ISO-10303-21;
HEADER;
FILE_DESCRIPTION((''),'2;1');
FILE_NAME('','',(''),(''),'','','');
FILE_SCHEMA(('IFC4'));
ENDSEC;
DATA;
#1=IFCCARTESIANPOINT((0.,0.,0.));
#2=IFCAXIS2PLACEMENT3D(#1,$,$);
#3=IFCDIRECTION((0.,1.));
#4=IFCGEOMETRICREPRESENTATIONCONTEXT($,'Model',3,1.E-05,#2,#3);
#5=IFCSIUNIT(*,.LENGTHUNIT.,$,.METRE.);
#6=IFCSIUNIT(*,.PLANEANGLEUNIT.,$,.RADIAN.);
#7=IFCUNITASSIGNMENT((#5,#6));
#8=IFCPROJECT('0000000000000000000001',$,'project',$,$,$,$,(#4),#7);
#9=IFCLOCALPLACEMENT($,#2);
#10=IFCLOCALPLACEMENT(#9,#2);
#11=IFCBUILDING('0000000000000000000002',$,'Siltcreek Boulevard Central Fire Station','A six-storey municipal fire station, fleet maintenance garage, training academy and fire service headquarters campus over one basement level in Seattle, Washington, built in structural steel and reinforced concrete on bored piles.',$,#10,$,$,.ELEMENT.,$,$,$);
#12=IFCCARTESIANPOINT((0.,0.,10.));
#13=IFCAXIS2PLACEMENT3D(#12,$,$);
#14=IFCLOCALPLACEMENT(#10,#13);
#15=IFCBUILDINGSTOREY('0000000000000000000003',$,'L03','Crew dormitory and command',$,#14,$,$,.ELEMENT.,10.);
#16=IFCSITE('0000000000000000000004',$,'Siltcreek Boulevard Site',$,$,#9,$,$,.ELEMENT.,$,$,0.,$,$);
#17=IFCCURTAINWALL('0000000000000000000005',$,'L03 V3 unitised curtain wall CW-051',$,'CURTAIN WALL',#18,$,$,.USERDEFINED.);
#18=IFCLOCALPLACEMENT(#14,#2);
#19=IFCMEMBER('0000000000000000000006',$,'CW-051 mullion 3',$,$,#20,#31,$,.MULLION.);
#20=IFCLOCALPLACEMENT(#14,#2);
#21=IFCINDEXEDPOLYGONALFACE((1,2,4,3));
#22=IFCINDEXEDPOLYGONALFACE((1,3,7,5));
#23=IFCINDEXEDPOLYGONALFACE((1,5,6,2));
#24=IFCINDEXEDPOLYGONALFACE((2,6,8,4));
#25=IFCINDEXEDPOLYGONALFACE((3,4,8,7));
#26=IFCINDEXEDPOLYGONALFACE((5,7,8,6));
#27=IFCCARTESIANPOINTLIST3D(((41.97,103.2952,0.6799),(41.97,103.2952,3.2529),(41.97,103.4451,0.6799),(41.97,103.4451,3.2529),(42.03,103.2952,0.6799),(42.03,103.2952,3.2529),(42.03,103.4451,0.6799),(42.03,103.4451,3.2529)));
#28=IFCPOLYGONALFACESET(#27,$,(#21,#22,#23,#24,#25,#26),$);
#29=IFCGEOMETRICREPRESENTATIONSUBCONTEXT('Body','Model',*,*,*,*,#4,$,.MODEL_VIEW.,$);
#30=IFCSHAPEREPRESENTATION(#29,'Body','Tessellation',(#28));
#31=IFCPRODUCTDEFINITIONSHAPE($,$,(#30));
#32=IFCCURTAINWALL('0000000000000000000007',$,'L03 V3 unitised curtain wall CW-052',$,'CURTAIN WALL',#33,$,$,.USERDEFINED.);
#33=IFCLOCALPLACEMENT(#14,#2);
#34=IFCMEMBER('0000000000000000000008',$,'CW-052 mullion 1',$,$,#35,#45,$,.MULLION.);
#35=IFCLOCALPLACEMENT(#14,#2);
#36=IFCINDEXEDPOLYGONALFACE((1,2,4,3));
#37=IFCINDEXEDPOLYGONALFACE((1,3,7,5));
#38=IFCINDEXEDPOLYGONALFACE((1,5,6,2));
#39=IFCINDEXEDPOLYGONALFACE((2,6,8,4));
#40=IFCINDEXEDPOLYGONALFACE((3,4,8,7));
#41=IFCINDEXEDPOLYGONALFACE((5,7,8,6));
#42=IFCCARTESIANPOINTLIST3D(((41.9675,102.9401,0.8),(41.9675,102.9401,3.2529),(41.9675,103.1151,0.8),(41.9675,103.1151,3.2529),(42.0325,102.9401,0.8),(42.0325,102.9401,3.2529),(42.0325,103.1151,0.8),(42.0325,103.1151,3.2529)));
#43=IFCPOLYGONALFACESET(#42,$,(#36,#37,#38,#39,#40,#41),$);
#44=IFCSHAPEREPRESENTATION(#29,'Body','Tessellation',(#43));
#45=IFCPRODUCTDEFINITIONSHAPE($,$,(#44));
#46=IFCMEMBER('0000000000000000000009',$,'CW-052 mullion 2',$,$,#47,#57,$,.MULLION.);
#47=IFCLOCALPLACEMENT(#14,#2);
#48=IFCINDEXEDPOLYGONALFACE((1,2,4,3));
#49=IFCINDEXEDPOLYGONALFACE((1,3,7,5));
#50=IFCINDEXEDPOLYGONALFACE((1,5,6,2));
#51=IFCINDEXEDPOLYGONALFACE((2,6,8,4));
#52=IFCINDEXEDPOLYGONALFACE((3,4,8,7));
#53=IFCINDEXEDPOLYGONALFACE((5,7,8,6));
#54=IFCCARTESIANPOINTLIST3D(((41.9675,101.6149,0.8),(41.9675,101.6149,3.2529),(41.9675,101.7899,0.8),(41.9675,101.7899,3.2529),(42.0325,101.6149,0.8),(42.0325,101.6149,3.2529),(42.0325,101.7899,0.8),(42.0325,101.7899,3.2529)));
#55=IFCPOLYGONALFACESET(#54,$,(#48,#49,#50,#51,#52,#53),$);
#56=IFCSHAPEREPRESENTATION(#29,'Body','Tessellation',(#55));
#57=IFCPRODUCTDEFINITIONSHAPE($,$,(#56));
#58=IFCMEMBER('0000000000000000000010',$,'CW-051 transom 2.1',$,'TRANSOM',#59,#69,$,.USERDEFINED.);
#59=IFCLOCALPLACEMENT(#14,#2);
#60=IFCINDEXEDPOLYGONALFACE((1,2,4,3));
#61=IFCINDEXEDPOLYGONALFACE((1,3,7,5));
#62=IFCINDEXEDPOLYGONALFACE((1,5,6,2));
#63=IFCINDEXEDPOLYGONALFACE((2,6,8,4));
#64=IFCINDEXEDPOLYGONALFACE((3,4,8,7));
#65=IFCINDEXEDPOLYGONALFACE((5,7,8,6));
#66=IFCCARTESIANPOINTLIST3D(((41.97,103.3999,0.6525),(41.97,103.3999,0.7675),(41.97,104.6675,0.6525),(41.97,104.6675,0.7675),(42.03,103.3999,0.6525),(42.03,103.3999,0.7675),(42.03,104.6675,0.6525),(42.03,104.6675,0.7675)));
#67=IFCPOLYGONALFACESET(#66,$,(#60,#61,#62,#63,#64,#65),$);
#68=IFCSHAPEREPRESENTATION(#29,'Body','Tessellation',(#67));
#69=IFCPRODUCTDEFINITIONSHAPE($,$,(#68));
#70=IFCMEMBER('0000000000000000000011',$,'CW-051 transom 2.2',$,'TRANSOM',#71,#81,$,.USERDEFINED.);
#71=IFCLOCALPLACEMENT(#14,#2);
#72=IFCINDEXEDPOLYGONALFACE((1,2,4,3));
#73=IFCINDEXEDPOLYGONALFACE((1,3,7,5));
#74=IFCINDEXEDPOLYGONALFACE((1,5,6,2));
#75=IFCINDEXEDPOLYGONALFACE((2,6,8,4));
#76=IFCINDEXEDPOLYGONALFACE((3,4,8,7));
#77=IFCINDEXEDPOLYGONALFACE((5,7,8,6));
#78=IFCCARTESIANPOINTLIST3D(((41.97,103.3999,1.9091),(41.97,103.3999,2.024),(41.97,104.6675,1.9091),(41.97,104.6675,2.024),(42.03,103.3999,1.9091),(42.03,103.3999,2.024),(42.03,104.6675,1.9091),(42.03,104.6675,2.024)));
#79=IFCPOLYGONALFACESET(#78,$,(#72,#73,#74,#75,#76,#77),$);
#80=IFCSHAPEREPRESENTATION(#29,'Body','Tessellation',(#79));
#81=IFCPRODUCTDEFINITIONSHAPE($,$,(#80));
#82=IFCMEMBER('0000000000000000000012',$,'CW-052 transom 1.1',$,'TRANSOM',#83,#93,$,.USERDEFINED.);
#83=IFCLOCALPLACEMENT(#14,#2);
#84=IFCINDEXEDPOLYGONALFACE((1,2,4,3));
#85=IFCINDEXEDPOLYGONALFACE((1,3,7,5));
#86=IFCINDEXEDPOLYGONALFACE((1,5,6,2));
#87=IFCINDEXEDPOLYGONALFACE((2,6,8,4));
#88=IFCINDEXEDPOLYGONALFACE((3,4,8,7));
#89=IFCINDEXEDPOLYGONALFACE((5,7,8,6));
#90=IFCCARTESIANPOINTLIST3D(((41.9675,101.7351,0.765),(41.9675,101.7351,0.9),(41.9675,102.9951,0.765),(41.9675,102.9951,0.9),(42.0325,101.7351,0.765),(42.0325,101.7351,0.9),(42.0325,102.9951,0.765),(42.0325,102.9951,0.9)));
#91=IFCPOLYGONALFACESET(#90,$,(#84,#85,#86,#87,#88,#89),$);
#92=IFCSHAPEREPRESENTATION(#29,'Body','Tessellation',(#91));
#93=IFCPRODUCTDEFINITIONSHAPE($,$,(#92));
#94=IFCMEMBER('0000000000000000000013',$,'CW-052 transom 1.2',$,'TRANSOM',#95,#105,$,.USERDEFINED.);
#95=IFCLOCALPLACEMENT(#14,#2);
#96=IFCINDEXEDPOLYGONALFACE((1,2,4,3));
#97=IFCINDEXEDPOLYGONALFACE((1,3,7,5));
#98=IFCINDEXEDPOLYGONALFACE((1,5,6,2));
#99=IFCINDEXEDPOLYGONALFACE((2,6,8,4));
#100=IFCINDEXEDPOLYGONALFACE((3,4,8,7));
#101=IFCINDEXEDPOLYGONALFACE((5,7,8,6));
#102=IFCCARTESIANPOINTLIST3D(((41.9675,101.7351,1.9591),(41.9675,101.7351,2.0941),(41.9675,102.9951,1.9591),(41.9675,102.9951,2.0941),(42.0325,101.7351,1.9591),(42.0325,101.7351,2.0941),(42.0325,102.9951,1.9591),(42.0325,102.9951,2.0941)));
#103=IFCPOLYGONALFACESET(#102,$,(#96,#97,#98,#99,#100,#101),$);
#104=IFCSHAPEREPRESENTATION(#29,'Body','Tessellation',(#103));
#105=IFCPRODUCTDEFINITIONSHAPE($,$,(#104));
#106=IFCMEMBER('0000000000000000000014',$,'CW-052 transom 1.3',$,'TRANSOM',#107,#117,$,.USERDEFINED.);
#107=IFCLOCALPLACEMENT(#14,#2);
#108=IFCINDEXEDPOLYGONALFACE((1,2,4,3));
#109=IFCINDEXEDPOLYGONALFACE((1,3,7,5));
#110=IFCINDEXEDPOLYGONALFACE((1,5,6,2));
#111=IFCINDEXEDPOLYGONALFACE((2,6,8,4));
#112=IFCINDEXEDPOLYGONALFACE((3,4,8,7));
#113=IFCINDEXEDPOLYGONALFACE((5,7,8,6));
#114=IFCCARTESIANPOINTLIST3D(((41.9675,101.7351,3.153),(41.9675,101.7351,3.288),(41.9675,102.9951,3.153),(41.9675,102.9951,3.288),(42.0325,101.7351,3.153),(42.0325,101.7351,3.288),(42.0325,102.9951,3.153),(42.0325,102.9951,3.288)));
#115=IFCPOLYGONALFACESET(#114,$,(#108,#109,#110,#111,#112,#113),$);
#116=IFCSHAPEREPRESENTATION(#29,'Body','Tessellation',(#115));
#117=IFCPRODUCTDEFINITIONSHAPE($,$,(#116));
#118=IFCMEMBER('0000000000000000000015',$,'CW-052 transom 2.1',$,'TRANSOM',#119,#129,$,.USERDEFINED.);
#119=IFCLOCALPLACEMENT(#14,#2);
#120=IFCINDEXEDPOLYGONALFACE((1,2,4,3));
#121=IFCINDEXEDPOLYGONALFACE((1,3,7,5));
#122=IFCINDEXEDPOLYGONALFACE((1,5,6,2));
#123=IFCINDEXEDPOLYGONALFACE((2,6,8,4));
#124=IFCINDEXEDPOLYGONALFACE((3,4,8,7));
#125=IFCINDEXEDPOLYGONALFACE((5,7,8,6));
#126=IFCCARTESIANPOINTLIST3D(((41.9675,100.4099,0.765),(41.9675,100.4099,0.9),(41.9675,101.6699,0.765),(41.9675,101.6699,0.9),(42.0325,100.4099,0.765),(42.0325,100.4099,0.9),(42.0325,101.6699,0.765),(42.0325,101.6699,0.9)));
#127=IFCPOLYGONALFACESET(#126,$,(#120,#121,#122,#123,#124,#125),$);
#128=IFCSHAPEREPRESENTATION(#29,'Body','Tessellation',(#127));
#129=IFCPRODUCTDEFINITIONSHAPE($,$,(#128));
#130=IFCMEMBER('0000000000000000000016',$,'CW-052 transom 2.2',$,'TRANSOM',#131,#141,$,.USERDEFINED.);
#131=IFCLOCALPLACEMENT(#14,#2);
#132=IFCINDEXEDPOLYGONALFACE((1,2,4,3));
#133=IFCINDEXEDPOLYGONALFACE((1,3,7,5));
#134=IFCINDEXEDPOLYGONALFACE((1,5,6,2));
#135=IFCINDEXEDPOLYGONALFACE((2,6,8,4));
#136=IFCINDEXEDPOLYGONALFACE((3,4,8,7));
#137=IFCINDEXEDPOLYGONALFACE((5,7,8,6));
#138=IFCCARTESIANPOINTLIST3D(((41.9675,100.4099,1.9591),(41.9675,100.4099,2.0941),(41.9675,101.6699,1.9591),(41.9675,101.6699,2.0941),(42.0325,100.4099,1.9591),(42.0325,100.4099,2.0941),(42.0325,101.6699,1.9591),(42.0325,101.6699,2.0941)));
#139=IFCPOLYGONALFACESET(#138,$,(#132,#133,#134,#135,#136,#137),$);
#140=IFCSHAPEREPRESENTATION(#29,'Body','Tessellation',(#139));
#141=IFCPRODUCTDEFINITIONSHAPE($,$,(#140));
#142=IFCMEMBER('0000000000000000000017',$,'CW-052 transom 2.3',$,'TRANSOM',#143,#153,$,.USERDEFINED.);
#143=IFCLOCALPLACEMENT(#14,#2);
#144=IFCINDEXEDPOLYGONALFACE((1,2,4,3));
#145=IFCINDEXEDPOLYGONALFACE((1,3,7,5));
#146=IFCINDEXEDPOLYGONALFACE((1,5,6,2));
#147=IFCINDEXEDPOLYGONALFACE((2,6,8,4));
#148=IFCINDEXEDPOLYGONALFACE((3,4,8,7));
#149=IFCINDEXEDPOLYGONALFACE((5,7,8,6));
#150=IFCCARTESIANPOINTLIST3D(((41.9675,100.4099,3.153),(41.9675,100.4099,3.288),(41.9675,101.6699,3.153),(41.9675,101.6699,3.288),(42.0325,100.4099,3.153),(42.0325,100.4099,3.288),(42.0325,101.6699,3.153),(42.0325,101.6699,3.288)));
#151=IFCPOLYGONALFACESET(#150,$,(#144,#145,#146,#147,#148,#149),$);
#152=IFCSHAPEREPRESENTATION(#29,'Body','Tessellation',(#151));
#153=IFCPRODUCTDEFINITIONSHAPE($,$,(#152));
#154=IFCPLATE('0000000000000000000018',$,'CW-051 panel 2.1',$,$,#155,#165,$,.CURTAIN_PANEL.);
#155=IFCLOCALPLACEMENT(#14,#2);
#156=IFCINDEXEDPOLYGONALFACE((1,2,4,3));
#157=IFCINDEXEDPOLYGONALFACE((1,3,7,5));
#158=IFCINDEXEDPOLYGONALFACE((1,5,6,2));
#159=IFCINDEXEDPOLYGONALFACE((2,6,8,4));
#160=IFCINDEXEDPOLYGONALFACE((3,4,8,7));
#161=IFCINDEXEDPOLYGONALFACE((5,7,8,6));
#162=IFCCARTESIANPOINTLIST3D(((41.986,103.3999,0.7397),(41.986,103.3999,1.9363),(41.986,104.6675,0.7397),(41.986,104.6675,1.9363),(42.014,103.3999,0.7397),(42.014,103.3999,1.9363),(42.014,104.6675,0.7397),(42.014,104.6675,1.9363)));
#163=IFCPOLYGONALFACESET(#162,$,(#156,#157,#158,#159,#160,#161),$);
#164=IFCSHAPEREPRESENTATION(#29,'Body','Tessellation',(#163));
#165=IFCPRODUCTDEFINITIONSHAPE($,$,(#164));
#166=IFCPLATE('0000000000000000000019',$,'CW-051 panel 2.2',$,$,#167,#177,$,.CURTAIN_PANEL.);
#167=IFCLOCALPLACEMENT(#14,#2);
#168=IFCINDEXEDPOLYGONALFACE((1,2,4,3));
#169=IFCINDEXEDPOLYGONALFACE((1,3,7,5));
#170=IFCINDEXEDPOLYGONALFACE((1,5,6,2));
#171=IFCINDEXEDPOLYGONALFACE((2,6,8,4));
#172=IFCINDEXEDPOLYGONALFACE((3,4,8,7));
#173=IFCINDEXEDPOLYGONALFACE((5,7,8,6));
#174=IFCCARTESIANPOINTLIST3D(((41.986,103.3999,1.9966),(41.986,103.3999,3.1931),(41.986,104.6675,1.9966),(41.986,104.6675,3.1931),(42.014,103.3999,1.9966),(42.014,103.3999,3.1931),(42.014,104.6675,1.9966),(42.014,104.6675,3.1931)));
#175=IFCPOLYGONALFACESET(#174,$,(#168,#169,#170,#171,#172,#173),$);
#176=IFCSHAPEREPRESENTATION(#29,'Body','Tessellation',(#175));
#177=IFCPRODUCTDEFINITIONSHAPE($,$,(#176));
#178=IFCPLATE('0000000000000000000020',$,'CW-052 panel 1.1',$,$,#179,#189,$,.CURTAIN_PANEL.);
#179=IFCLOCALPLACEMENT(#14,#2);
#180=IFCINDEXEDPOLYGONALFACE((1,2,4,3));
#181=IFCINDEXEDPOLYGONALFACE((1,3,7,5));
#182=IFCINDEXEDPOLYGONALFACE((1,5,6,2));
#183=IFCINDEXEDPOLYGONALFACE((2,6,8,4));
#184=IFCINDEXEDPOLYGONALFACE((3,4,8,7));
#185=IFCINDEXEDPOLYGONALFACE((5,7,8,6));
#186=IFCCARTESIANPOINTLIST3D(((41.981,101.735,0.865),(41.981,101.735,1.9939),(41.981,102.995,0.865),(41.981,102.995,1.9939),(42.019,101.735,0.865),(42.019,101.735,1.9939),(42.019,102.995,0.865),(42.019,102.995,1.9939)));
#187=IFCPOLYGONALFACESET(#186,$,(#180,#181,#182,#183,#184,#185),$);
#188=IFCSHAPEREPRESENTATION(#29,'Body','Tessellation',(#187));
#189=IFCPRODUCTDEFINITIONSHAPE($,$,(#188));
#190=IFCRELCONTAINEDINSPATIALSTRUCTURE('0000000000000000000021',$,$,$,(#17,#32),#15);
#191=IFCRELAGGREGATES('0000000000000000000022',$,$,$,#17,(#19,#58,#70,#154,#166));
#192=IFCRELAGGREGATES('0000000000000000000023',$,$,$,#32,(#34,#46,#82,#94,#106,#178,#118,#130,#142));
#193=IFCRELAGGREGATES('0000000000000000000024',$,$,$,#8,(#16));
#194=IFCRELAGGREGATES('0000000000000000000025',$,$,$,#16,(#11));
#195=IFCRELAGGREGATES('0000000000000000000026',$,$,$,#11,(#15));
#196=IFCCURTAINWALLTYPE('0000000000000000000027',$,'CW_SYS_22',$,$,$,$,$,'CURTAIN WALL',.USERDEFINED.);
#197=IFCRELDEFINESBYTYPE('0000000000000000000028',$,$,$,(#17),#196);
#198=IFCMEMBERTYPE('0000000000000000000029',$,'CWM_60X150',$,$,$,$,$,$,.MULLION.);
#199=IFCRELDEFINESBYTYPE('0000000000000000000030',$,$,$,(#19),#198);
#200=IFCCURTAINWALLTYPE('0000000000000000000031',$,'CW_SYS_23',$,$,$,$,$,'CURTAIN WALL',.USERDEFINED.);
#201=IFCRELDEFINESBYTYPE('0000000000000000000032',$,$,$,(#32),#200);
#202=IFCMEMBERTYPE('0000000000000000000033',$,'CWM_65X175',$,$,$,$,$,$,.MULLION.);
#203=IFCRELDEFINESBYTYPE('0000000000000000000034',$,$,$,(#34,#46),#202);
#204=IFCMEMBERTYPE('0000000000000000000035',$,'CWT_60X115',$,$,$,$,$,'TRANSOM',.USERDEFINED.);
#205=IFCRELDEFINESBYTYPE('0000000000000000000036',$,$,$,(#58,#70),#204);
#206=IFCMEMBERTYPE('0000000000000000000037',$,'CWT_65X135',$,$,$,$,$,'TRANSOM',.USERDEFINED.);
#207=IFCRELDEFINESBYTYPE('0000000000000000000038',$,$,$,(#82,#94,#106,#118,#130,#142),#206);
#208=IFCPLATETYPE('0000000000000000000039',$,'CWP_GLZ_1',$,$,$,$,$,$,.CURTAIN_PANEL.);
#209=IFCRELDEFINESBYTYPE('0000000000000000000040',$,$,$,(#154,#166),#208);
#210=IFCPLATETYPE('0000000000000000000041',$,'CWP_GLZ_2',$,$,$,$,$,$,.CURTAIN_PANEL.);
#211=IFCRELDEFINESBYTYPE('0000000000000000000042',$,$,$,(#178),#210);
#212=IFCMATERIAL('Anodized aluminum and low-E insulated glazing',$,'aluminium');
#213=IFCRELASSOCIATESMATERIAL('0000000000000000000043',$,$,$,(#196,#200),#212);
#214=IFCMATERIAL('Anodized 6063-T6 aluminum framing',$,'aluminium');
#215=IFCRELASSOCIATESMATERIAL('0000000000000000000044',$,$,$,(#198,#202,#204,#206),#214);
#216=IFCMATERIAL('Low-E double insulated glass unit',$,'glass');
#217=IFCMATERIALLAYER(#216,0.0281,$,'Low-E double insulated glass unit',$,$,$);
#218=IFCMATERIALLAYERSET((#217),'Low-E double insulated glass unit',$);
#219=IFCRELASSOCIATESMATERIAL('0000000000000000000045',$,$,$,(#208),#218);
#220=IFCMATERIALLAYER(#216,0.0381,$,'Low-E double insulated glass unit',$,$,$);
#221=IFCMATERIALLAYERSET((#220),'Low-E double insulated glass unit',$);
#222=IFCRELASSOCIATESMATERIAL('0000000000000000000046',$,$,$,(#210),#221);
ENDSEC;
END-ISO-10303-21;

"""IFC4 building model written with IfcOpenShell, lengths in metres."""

from ifc_helpers import new_model, si_unit, direction, frame, origin, origin_2d, place, context, subcontext, project, spatial, rectangle, extrude, material, layer, layer_set, material_profile, profile_set, type_object, element, aggregate, save


model = new_model("IFC4")

# Units and contexts
model_context = context("Model", 3, precision=1e-05, world=origin(), true_north=direction((0.0, 1.0)))
body_context = subcontext(model_context, "Body", "Model", "MODEL_VIEW")
ifc_project = project(units=[si_unit("LENGTHUNIT", "METRE"), si_unit("PLANEANGLEUNIT", "RADIAN")], contexts=[model_context])

# Site, building, storey
site_placement = place(None, origin())
site = spatial("IfcSite", under=ifc_project, at=site_placement, Name="Siltcreek Boulevard Site", CompositionType="ELEMENT", RefElevation=0.0)
building_placement = place(site_placement, origin())
building = spatial("IfcBuilding", under=site, at=building_placement, Name="Siltcreek Boulevard Central Fire Station", Description="A six-storey municipal fire station, fleet maintenance garage, training academy and fire service headquarters campus over one basement level in Seattle, Washington, built in structural steel and reinforced concrete on bored piles.", CompositionType="ELEMENT")
storey_placement = place(building_placement, frame((0.0, 0.0, 10.0)))
storey = spatial("IfcBuildingStorey", under=building, at=storey_placement, Name="L03", Description="Crew dormitory and command", CompositionType="ELEMENT", Elevation=10.0)

# Curtain wall, member
ifc_material_1 = material(Name="Anodized aluminum and low-E insulated glazing", Category="aluminium")
curtain_wall_type_1 = type_object("IfcCurtainWallType", Name="CW_SYS_22", ElementType="CURTAIN WALL", PredefinedType="USERDEFINED", material=ifc_material_1)
curtain_wall_1_placement = place(storey_placement, origin())
curtain_wall_1 = element("IfcCurtainWall", 1, at=curtain_wall_1_placement, inside=storey, type_object=curtain_wall_type_1, Name="L03 V3 unitised curtain wall CW-051", ObjectType="CURTAIN WALL", PredefinedType="USERDEFINED")
ifc_material_2 = material(Name="Anodized 6063-T6 aluminum framing", Category="aluminium")
ifc_material_profile_1 = material_profile(ifc_material_2, rectangle(XDim=0.0601, YDim=0.1499, at=origin_2d()), Name="MULL60X150")
ifc_profile_set_1 = profile_set([ifc_material_profile_1], Name="Anodized 6063-T6 aluminum framing")
member_type_1 = type_object("IfcMemberType", Name="CWM_60X150", PredefinedType="MULLION", material=ifc_profile_set_1)
member_1_placement = place(storey_placement, frame((42.0, 103.3701, 0.6799), z_axis=(0.0, 0.0, 1.0), x_axis=(1.0, 0.0, 0.0)))
member_1 = element("IfcMember", 2, at=member_1_placement, type_object=member_type_1, Name="CW-051 mullion 3", PredefinedType="MULLION", context=body_context, shape_type="SweptSolid", body=[
    extrude(rectangle(XDim=0.0601, YDim=0.1499, at=origin_2d()), origin(), (0.0, 0.0, 1.0), 2.573),
])

# Curtain wall, members
curtain_wall_type_2 = type_object("IfcCurtainWallType", Name="CW_SYS_23", ElementType="CURTAIN WALL", PredefinedType="USERDEFINED", material=ifc_material_1)
curtain_wall_2_placement = place(storey_placement, origin())
curtain_wall_2 = element("IfcCurtainWall", 3, at=curtain_wall_2_placement, inside=storey, type_object=curtain_wall_type_2, Name="L03 V3 unitised curtain wall CW-052", ObjectType="CURTAIN WALL", PredefinedType="USERDEFINED")
ifc_material_profile_2 = material_profile(ifc_material_2, rectangle(XDim=0.0649, YDim=0.175, at=origin_2d()), Name="MULL65X175")
ifc_profile_set_2 = profile_set([ifc_material_profile_2], Name="Anodized 6063-T6 aluminum framing")
member_type_2 = type_object("IfcMemberType", Name="CWM_65X175", PredefinedType="MULLION", material=ifc_profile_set_2)
member_2_placement = place(storey_placement, frame((42.0, 103.0276, 0.8), z_axis=(0.0, 0.0, 1.0), x_axis=(1.0, 0.0, 0.0)))
member_2 = element("IfcMember", 4, at=member_2_placement, type_object=member_type_2, Name="CW-052 mullion 1", PredefinedType="MULLION", context=body_context, shape_type="SweptSolid", body=[
    extrude(rectangle(XDim=0.0649, YDim=0.175, at=origin_2d()), origin(), (0.0, 0.0, 1.0), 2.4529),
])
member_3_placement = place(storey_placement, frame((42.0, 101.7024, 0.8), z_axis=(0.0, 0.0, 1.0), x_axis=(1.0, 0.0, 0.0)))
member_3 = element("IfcMember", 5, at=member_3_placement, type_object=member_type_2, Name="CW-052 mullion 2", PredefinedType="MULLION", context=body_context, shape_type="SweptSolid", body=[
    extrude(rectangle(XDim=0.0649, YDim=0.175, at=origin_2d()), origin(), (0.0, 0.0, 1.0), 2.4529),
])

# Members
ifc_material_profile_3 = material_profile(ifc_material_2, rectangle(XDim=0.0601, YDim=0.115, at=origin_2d()), Name="TRAN60X115")
ifc_profile_set_3 = profile_set([ifc_material_profile_3], Name="Anodized 6063-T6 aluminum framing")
member_type_3 = type_object("IfcMemberType", Name="CWT_60X115", ElementType="TRANSOM", PredefinedType="USERDEFINED", material=ifc_profile_set_3)
member_4_placement = place(storey_placement, frame((42.0, 104.6675, 0.71), z_axis=(0.0, -1.0, 0.0), x_axis=(1.0, 0.0, 0.0)))
member_4 = element("IfcMember", 6, at=member_4_placement, type_object=member_type_3, Name="CW-051 transom 2.1", ObjectType="TRANSOM", PredefinedType="USERDEFINED", context=body_context, shape_type="SweptSolid", body=[
    extrude(rectangle(XDim=0.0601, YDim=0.115, at=origin_2d()), origin(), (0.0, 0.0, 1.0), 1.2676),
])
member_5_placement = place(storey_placement, frame((42.0, 104.6675, 1.9666), z_axis=(0.0, -1.0, 0.0), x_axis=(1.0, 0.0, 0.0)))
member_5 = element("IfcMember", 7, at=member_5_placement, type_object=member_type_3, Name="CW-051 transom 2.2", ObjectType="TRANSOM", PredefinedType="USERDEFINED", context=body_context, shape_type="SweptSolid", body=[
    extrude(rectangle(XDim=0.0601, YDim=0.115, at=origin_2d()), origin(), (0.0, 0.0, 1.0), 1.2676),
])
ifc_material_profile_4 = material_profile(ifc_material_2, rectangle(XDim=0.0649, YDim=0.135, at=origin_2d()), Name="TRAN65X135")
ifc_profile_set_4 = profile_set([ifc_material_profile_4], Name="Anodized 6063-T6 aluminum framing")
member_type_4 = type_object("IfcMemberType", Name="CWT_65X135", ElementType="TRANSOM", PredefinedType="USERDEFINED", material=ifc_profile_set_4)
member_6_placement = place(storey_placement, frame((42.0, 102.9951, 0.8325), z_axis=(0.0, -1.0, 0.0), x_axis=(1.0, 0.0, 0.0)))
member_6 = element("IfcMember", 8, at=member_6_placement, type_object=member_type_4, Name="CW-052 transom 1.1", ObjectType="TRANSOM", PredefinedType="USERDEFINED", context=body_context, shape_type="SweptSolid", body=[
    extrude(rectangle(XDim=0.0649, YDim=0.135, at=origin_2d()), origin(), (0.0, 0.0, 1.0), 1.26),
])
member_7_placement = place(storey_placement, frame((42.0, 102.9951, 2.0266), z_axis=(0.0, -1.0, 0.0), x_axis=(1.0, 0.0, 0.0)))
member_7 = element("IfcMember", 9, at=member_7_placement, type_object=member_type_4, Name="CW-052 transom 1.2", ObjectType="TRANSOM", PredefinedType="USERDEFINED", context=body_context, shape_type="SweptSolid", body=[
    extrude(rectangle(XDim=0.0649, YDim=0.135, at=origin_2d()), origin(), (0.0, 0.0, 1.0), 1.26),
])
member_8_placement = place(storey_placement, frame((42.0, 102.9951, 3.2205), z_axis=(0.0, -1.0, 0.0), x_axis=(1.0, 0.0, 0.0)))
member_8 = element("IfcMember", 10, at=member_8_placement, type_object=member_type_4, Name="CW-052 transom 1.3", ObjectType="TRANSOM", PredefinedType="USERDEFINED", context=body_context, shape_type="SweptSolid", body=[
    extrude(rectangle(XDim=0.0649, YDim=0.135, at=origin_2d()), origin(), (0.0, 0.0, 1.0), 1.26),
])
member_9_placement = place(storey_placement, frame((42.0, 101.6699, 0.8325), z_axis=(0.0, -1.0, 0.0), x_axis=(1.0, 0.0, 0.0)))
member_9 = element("IfcMember", 11, at=member_9_placement, type_object=member_type_4, Name="CW-052 transom 2.1", ObjectType="TRANSOM", PredefinedType="USERDEFINED", context=body_context, shape_type="SweptSolid", body=[
    extrude(rectangle(XDim=0.0649, YDim=0.135, at=origin_2d()), origin(), (0.0, 0.0, 1.0), 1.26),
])
member_10_placement = place(storey_placement, frame((42.0, 101.6699, 2.0266), z_axis=(0.0, -1.0, 0.0), x_axis=(1.0, 0.0, 0.0)))
member_10 = element("IfcMember", 12, at=member_10_placement, type_object=member_type_4, Name="CW-052 transom 2.2", ObjectType="TRANSOM", PredefinedType="USERDEFINED", context=body_context, shape_type="SweptSolid", body=[
    extrude(rectangle(XDim=0.0649, YDim=0.135, at=origin_2d()), origin(), (0.0, 0.0, 1.0), 1.26),
])
member_11_placement = place(storey_placement, frame((42.0, 101.6699, 3.2205), z_axis=(0.0, -1.0, 0.0), x_axis=(1.0, 0.0, 0.0)))
member_11 = element("IfcMember", 13, at=member_11_placement, type_object=member_type_4, Name="CW-052 transom 2.3", ObjectType="TRANSOM", PredefinedType="USERDEFINED", context=body_context, shape_type="SweptSolid", body=[
    extrude(rectangle(XDim=0.0649, YDim=0.135, at=origin_2d()), origin(), (0.0, 0.0, 1.0), 1.26),
])

# Plates
ifc_material_3 = material(Name="Low-E double insulated glass unit", Category="glass")
ifc_layer_1 = layer(ifc_material_3, 0.0281, Name="Low-E double insulated glass unit")
ifc_layer_set_1 = layer_set([ifc_layer_1], Name="Low-E double insulated glass unit")
plate_type_1 = type_object("IfcPlateType", Name="CWP_GLZ_1", PredefinedType="CURTAIN_PANEL", material=ifc_layer_set_1)
plate_1_placement = place(storey_placement, frame((42.0, 104.0337, 0.7397), z_axis=(0.0, 0.0, 1.0), x_axis=(0.0, -1.0, 0.0)))
plate_1 = element("IfcPlate", 14, at=plate_1_placement, type_object=plate_type_1, Name="CW-051 panel 2.1", PredefinedType="CURTAIN_PANEL", context=body_context, shape_type="SweptSolid", body=[
    extrude(rectangle(XDim=1.2676, YDim=0.0281, at=origin_2d()), origin(), (0.0, 0.0, 1.0), 1.1965),
])
plate_2_placement = place(storey_placement, frame((42.0, 104.0337, 1.9966), z_axis=(0.0, 0.0, 1.0), x_axis=(0.0, -1.0, 0.0)))
plate_2 = element("IfcPlate", 15, at=plate_2_placement, type_object=plate_type_1, Name="CW-051 panel 2.2", PredefinedType="CURTAIN_PANEL", context=body_context, shape_type="SweptSolid", body=[
    extrude(rectangle(XDim=1.2676, YDim=0.0281, at=origin_2d()), origin(), (0.0, 0.0, 1.0), 1.1965),
])
aggregate(curtain_wall_1, [member_1, member_4, member_5, plate_1, plate_2])
ifc_layer_2 = layer(ifc_material_3, 0.0381, Name="Low-E double insulated glass unit")
ifc_layer_set_2 = layer_set([ifc_layer_2], Name="Low-E double insulated glass unit")
plate_type_2 = type_object("IfcPlateType", Name="CWP_GLZ_2", PredefinedType="CURTAIN_PANEL", material=ifc_layer_set_2)
plate_3_placement = place(storey_placement, frame((42.0, 102.365, 0.865), z_axis=(0.0, 0.0, 1.0), x_axis=(0.0, -1.0, 0.0)))
plate_3 = element("IfcPlate", 16, at=plate_3_placement, type_object=plate_type_2, Name="CW-052 panel 1.1", PredefinedType="CURTAIN_PANEL", context=body_context, shape_type="SweptSolid", body=[
    extrude(rectangle(XDim=1.26, YDim=0.0381, at=origin_2d()), origin(), (0.0, 0.0, 1.0), 1.1289),
])
aggregate(curtain_wall_2, [member_2, member_3, member_6, member_7, member_8, plate_3, member_9, member_10, member_11])

save(model, "model.ifc")
